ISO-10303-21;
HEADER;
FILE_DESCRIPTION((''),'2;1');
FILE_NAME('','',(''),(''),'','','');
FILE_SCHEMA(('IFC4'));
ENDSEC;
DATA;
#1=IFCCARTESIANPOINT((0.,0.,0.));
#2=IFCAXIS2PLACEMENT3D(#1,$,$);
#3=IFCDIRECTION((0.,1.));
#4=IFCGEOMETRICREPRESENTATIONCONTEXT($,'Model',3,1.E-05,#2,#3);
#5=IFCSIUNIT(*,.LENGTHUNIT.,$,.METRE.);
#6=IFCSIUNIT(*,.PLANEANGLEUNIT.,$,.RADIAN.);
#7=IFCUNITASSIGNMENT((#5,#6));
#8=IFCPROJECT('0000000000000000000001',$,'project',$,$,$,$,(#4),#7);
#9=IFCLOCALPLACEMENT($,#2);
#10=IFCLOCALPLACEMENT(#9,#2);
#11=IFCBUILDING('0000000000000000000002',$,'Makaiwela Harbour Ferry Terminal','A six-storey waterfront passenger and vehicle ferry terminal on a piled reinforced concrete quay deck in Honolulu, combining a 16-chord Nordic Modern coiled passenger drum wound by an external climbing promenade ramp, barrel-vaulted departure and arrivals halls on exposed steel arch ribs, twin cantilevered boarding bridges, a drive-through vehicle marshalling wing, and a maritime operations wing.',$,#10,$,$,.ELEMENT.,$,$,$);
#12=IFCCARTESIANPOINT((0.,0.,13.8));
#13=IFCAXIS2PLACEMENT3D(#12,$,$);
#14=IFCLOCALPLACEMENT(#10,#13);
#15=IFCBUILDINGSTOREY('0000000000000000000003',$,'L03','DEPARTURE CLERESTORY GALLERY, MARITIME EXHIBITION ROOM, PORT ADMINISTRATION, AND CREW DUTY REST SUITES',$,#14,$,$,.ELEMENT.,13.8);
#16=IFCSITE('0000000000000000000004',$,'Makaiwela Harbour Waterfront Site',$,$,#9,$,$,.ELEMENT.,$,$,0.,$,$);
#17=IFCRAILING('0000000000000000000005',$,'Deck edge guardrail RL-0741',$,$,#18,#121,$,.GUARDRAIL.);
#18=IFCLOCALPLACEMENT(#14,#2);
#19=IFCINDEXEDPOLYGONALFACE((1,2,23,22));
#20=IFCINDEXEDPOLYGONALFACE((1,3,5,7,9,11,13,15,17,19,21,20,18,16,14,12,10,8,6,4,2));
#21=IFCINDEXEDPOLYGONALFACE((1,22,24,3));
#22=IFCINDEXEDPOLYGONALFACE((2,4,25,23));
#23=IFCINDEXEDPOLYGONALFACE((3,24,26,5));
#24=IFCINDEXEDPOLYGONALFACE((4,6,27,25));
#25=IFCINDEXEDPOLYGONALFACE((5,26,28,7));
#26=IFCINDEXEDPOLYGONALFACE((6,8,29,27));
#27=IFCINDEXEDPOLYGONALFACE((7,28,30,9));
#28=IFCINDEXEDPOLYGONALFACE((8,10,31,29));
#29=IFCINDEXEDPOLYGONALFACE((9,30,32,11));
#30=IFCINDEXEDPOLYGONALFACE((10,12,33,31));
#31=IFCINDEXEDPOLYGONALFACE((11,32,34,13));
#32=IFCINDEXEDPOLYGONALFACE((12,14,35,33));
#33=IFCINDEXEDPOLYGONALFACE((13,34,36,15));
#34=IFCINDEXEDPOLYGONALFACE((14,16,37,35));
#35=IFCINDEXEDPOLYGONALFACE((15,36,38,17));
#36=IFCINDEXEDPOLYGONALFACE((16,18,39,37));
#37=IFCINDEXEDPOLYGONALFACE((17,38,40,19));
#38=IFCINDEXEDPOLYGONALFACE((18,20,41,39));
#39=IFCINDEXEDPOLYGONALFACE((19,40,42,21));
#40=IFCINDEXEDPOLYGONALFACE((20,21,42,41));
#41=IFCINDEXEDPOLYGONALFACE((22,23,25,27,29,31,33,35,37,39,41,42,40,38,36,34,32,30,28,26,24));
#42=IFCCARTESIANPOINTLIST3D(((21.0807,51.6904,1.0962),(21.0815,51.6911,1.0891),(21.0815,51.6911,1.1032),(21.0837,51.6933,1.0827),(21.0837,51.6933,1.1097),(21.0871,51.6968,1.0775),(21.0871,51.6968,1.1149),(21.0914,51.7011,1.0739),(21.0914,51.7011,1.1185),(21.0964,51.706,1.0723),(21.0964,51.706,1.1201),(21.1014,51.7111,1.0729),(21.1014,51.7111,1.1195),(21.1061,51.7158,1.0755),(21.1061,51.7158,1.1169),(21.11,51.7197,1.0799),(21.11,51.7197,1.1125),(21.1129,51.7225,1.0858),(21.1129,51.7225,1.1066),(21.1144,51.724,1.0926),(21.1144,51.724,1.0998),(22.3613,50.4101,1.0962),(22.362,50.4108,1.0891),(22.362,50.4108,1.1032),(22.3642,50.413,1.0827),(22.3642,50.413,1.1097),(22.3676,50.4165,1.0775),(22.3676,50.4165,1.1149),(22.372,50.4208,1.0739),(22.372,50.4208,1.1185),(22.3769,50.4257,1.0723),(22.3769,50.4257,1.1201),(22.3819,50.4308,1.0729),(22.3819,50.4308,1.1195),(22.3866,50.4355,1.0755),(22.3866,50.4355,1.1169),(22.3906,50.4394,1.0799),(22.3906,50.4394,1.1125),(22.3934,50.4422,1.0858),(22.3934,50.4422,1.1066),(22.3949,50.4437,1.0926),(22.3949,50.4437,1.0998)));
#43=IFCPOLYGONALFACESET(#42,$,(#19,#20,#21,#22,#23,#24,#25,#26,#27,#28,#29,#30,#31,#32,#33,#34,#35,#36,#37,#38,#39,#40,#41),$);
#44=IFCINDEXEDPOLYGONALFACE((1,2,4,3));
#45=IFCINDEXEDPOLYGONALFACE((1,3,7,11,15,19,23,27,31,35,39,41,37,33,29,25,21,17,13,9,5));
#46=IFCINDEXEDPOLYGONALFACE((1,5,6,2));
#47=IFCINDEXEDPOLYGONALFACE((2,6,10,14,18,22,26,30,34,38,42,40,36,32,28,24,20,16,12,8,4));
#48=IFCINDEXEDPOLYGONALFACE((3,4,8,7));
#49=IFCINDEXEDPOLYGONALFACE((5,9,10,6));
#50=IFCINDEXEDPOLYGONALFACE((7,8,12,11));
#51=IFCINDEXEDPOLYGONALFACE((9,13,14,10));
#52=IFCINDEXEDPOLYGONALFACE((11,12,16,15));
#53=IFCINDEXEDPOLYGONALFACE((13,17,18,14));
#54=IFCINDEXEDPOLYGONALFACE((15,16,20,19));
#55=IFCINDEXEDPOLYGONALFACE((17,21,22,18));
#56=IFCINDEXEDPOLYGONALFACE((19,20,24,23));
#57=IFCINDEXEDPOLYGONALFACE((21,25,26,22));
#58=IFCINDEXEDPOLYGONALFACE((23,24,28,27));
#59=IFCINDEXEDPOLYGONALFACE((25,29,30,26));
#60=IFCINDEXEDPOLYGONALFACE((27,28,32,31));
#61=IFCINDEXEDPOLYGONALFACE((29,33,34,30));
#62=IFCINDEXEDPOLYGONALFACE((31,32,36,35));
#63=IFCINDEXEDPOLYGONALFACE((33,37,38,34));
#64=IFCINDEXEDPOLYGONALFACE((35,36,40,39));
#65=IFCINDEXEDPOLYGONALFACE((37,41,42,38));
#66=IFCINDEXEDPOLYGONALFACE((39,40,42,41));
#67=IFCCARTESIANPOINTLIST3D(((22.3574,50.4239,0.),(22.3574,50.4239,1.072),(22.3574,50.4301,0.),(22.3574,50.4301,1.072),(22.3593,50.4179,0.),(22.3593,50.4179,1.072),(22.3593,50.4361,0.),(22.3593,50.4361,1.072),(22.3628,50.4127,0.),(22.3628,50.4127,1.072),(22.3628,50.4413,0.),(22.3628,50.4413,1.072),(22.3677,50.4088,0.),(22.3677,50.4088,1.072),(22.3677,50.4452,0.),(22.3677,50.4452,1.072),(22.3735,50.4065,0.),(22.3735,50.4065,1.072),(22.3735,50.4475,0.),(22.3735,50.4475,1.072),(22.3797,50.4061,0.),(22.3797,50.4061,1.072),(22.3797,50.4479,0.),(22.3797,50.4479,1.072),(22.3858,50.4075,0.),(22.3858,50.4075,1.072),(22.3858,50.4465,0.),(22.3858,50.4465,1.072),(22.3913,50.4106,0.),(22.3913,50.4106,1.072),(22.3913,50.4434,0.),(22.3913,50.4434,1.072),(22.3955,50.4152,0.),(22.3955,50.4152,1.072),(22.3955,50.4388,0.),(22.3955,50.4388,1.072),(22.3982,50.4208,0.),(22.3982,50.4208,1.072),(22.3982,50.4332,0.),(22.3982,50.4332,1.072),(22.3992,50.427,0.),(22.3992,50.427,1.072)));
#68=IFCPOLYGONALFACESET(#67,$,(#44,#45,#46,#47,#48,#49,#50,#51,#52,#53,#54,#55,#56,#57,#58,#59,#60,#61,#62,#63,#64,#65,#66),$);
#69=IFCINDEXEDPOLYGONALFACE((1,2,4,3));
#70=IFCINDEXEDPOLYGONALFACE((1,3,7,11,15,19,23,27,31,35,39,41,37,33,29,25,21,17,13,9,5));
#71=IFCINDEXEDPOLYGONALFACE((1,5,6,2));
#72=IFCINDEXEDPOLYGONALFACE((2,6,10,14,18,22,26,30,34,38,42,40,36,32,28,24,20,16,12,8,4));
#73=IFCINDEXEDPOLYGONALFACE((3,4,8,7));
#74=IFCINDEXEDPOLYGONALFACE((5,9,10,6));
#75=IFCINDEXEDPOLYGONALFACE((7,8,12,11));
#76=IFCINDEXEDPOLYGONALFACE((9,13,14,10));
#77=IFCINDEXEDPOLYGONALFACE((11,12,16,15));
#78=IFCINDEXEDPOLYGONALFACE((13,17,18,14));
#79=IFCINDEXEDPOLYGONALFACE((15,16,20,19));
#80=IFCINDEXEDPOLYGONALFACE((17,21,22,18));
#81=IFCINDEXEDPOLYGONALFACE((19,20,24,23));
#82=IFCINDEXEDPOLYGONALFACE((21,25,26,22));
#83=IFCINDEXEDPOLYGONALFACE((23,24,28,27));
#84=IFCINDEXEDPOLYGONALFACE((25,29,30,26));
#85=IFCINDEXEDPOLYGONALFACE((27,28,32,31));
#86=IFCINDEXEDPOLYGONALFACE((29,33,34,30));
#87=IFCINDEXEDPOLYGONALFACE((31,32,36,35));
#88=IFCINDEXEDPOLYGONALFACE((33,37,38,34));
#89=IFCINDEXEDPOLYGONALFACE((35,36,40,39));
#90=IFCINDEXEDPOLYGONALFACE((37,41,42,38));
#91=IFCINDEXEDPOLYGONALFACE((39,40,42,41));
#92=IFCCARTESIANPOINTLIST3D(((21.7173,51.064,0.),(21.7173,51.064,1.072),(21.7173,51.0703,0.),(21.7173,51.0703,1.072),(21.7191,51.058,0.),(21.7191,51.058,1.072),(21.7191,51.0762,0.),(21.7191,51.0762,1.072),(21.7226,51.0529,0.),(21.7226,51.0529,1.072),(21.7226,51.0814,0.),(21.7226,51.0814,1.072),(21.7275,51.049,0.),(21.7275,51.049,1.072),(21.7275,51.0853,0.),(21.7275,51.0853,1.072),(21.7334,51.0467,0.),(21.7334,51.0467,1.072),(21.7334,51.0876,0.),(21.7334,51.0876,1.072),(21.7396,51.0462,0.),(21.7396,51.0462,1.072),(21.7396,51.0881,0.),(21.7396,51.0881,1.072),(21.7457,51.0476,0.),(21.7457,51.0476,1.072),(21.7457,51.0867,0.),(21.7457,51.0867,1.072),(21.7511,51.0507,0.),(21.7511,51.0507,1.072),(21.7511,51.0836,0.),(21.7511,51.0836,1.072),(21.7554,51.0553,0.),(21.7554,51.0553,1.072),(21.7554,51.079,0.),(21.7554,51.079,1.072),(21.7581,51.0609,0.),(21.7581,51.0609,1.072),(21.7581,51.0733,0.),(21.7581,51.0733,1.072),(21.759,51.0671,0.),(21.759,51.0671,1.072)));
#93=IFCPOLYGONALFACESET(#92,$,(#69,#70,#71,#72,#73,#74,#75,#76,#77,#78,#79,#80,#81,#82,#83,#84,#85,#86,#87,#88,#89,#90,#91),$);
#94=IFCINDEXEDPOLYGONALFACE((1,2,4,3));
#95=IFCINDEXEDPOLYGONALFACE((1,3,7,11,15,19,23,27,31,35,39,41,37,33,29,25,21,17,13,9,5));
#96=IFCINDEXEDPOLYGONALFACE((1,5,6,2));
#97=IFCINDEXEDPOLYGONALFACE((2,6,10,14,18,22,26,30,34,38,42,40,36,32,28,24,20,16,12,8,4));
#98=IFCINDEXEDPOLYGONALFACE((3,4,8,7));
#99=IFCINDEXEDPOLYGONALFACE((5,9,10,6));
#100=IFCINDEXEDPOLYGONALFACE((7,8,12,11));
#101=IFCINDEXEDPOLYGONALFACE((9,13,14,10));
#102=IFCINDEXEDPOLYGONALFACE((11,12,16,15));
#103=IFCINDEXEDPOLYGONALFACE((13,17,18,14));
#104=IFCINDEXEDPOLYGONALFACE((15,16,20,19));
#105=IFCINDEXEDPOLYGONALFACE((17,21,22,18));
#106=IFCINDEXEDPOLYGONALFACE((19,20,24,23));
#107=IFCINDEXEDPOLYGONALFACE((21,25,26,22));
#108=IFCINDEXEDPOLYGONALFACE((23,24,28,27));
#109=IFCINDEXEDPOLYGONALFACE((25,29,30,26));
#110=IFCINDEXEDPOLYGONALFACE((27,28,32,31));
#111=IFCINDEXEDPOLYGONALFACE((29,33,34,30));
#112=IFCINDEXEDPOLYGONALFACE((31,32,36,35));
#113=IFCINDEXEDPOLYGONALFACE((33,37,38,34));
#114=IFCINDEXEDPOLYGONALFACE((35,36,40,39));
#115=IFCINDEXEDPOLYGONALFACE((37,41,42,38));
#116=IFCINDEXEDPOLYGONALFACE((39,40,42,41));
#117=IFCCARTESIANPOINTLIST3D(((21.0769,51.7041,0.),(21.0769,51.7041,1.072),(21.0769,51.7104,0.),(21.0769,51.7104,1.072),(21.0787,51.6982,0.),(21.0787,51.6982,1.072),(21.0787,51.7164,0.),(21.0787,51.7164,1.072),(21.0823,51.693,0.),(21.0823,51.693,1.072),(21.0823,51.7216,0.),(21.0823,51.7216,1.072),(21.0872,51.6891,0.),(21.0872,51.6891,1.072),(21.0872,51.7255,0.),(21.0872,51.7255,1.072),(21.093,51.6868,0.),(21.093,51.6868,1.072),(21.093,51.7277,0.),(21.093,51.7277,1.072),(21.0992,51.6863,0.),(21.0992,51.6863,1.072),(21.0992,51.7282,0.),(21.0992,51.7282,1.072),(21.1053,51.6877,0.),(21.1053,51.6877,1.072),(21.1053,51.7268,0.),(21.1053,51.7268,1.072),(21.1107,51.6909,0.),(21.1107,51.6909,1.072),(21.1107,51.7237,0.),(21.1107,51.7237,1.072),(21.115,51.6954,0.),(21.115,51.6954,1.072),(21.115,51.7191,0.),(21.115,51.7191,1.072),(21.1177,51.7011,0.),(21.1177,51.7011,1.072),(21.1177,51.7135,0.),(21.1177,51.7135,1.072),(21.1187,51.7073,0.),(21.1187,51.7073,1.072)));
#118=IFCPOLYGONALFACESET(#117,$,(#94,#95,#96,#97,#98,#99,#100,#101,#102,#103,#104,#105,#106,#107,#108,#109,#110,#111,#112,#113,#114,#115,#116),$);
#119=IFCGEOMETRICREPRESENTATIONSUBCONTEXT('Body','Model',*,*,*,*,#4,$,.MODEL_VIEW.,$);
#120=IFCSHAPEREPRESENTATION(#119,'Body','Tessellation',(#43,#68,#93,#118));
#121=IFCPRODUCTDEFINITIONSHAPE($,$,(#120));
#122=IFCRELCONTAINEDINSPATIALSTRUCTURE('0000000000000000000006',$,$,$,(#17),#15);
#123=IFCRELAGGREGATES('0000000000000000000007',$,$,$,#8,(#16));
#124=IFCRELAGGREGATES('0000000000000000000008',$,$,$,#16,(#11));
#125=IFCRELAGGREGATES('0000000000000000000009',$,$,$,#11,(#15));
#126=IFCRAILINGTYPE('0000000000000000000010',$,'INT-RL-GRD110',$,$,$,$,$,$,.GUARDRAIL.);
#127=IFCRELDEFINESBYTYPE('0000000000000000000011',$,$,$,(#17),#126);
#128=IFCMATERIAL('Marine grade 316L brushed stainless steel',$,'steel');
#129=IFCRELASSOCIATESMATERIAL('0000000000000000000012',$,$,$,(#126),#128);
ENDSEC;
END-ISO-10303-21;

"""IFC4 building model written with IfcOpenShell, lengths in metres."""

from ifc_helpers import new_model, si_unit, direction, frame, origin, origin_2d, place, context, subcontext, project, spatial, circle, extrude, material, type_object, element, save


model = new_model("IFC4")

# Units and contexts
model_context = context("Model", 3, precision=1e-05, world=origin(), true_north=direction((0.0, 1.0)))
body_context = subcontext(model_context, "Body", "Model", "MODEL_VIEW")
ifc_project = project(units=[si_unit("LENGTHUNIT", "METRE"), si_unit("PLANEANGLEUNIT", "RADIAN")], contexts=[model_context])

# Site, building, storey
site_placement = place(None, origin())
site = spatial("IfcSite", under=ifc_project, at=site_placement, Name="Makaiwela Harbour Waterfront Site", CompositionType="ELEMENT", RefElevation=0.0)
building_placement = place(site_placement, origin())
building = spatial("IfcBuilding", under=site, at=building_placement, Name="Makaiwela Harbour Ferry Terminal", Description="A six-storey waterfront passenger and vehicle ferry terminal on a piled reinforced concrete quay deck in Honolulu, combining a 16-chord Nordic Modern coiled passenger drum wound by an external climbing promenade ramp, barrel-vaulted departure and arrivals halls on exposed steel arch ribs, twin cantilevered boarding bridges, a drive-through vehicle marshalling wing, and a maritime operations wing.", CompositionType="ELEMENT")
storey_placement = place(building_placement, frame((0.0, 0.0, 13.8)))
storey = spatial("IfcBuildingStorey", under=building, at=storey_placement, Name="L03", Description="DEPARTURE CLERESTORY GALLERY, MARITIME EXHIBITION ROOM, PORT ADMINISTRATION, AND CREW DUTY REST SUITES", CompositionType="ELEMENT", Elevation=13.8)

# Railing
ifc_material_1 = material(Name="Marine grade 316L brushed stainless steel", Category="steel")
railing_type = type_object("IfcRailingType", Name="INT-RL-GRD110", PredefinedType="GUARDRAIL", material=ifc_material_1)
railing_1_placement = place(storey_placement, frame((22.3782, 50.427, 0.0)))
element("IfcRailing", 1, at=railing_1_placement, inside=storey, type_object=railing_type, Name="Deck edge guardrail RL-0741", PredefinedType="GUARDRAIL", context=body_context, shape_type="SweptSolid", body=[
    extrude(circle(Radius=0.0239, at=origin_2d()), frame((0.0, 0.0, 1.0962), z_axis=(-0.707174, 0.707039, 0.0), x_axis=(-0.707039, -0.707174, 0.0)), (0.0, 0.0, 1.0), 1.8108),
    extrude(circle(Radius=0.021, at=origin_2d()), origin(), (0.0, 0.0, 1.0), 1.072),
    extrude(circle(Radius=0.021, at=origin_2d()), frame((-0.6401, 0.6401, 0.0)), (0.0, 0.0, 1.0), 1.072),
    extrude(circle(Radius=0.021, at=origin_2d()), frame((-1.2805, 1.2803, 0.0)), (0.0, 0.0, 1.0), 1.072),
])

save(model, "model.ifc")
